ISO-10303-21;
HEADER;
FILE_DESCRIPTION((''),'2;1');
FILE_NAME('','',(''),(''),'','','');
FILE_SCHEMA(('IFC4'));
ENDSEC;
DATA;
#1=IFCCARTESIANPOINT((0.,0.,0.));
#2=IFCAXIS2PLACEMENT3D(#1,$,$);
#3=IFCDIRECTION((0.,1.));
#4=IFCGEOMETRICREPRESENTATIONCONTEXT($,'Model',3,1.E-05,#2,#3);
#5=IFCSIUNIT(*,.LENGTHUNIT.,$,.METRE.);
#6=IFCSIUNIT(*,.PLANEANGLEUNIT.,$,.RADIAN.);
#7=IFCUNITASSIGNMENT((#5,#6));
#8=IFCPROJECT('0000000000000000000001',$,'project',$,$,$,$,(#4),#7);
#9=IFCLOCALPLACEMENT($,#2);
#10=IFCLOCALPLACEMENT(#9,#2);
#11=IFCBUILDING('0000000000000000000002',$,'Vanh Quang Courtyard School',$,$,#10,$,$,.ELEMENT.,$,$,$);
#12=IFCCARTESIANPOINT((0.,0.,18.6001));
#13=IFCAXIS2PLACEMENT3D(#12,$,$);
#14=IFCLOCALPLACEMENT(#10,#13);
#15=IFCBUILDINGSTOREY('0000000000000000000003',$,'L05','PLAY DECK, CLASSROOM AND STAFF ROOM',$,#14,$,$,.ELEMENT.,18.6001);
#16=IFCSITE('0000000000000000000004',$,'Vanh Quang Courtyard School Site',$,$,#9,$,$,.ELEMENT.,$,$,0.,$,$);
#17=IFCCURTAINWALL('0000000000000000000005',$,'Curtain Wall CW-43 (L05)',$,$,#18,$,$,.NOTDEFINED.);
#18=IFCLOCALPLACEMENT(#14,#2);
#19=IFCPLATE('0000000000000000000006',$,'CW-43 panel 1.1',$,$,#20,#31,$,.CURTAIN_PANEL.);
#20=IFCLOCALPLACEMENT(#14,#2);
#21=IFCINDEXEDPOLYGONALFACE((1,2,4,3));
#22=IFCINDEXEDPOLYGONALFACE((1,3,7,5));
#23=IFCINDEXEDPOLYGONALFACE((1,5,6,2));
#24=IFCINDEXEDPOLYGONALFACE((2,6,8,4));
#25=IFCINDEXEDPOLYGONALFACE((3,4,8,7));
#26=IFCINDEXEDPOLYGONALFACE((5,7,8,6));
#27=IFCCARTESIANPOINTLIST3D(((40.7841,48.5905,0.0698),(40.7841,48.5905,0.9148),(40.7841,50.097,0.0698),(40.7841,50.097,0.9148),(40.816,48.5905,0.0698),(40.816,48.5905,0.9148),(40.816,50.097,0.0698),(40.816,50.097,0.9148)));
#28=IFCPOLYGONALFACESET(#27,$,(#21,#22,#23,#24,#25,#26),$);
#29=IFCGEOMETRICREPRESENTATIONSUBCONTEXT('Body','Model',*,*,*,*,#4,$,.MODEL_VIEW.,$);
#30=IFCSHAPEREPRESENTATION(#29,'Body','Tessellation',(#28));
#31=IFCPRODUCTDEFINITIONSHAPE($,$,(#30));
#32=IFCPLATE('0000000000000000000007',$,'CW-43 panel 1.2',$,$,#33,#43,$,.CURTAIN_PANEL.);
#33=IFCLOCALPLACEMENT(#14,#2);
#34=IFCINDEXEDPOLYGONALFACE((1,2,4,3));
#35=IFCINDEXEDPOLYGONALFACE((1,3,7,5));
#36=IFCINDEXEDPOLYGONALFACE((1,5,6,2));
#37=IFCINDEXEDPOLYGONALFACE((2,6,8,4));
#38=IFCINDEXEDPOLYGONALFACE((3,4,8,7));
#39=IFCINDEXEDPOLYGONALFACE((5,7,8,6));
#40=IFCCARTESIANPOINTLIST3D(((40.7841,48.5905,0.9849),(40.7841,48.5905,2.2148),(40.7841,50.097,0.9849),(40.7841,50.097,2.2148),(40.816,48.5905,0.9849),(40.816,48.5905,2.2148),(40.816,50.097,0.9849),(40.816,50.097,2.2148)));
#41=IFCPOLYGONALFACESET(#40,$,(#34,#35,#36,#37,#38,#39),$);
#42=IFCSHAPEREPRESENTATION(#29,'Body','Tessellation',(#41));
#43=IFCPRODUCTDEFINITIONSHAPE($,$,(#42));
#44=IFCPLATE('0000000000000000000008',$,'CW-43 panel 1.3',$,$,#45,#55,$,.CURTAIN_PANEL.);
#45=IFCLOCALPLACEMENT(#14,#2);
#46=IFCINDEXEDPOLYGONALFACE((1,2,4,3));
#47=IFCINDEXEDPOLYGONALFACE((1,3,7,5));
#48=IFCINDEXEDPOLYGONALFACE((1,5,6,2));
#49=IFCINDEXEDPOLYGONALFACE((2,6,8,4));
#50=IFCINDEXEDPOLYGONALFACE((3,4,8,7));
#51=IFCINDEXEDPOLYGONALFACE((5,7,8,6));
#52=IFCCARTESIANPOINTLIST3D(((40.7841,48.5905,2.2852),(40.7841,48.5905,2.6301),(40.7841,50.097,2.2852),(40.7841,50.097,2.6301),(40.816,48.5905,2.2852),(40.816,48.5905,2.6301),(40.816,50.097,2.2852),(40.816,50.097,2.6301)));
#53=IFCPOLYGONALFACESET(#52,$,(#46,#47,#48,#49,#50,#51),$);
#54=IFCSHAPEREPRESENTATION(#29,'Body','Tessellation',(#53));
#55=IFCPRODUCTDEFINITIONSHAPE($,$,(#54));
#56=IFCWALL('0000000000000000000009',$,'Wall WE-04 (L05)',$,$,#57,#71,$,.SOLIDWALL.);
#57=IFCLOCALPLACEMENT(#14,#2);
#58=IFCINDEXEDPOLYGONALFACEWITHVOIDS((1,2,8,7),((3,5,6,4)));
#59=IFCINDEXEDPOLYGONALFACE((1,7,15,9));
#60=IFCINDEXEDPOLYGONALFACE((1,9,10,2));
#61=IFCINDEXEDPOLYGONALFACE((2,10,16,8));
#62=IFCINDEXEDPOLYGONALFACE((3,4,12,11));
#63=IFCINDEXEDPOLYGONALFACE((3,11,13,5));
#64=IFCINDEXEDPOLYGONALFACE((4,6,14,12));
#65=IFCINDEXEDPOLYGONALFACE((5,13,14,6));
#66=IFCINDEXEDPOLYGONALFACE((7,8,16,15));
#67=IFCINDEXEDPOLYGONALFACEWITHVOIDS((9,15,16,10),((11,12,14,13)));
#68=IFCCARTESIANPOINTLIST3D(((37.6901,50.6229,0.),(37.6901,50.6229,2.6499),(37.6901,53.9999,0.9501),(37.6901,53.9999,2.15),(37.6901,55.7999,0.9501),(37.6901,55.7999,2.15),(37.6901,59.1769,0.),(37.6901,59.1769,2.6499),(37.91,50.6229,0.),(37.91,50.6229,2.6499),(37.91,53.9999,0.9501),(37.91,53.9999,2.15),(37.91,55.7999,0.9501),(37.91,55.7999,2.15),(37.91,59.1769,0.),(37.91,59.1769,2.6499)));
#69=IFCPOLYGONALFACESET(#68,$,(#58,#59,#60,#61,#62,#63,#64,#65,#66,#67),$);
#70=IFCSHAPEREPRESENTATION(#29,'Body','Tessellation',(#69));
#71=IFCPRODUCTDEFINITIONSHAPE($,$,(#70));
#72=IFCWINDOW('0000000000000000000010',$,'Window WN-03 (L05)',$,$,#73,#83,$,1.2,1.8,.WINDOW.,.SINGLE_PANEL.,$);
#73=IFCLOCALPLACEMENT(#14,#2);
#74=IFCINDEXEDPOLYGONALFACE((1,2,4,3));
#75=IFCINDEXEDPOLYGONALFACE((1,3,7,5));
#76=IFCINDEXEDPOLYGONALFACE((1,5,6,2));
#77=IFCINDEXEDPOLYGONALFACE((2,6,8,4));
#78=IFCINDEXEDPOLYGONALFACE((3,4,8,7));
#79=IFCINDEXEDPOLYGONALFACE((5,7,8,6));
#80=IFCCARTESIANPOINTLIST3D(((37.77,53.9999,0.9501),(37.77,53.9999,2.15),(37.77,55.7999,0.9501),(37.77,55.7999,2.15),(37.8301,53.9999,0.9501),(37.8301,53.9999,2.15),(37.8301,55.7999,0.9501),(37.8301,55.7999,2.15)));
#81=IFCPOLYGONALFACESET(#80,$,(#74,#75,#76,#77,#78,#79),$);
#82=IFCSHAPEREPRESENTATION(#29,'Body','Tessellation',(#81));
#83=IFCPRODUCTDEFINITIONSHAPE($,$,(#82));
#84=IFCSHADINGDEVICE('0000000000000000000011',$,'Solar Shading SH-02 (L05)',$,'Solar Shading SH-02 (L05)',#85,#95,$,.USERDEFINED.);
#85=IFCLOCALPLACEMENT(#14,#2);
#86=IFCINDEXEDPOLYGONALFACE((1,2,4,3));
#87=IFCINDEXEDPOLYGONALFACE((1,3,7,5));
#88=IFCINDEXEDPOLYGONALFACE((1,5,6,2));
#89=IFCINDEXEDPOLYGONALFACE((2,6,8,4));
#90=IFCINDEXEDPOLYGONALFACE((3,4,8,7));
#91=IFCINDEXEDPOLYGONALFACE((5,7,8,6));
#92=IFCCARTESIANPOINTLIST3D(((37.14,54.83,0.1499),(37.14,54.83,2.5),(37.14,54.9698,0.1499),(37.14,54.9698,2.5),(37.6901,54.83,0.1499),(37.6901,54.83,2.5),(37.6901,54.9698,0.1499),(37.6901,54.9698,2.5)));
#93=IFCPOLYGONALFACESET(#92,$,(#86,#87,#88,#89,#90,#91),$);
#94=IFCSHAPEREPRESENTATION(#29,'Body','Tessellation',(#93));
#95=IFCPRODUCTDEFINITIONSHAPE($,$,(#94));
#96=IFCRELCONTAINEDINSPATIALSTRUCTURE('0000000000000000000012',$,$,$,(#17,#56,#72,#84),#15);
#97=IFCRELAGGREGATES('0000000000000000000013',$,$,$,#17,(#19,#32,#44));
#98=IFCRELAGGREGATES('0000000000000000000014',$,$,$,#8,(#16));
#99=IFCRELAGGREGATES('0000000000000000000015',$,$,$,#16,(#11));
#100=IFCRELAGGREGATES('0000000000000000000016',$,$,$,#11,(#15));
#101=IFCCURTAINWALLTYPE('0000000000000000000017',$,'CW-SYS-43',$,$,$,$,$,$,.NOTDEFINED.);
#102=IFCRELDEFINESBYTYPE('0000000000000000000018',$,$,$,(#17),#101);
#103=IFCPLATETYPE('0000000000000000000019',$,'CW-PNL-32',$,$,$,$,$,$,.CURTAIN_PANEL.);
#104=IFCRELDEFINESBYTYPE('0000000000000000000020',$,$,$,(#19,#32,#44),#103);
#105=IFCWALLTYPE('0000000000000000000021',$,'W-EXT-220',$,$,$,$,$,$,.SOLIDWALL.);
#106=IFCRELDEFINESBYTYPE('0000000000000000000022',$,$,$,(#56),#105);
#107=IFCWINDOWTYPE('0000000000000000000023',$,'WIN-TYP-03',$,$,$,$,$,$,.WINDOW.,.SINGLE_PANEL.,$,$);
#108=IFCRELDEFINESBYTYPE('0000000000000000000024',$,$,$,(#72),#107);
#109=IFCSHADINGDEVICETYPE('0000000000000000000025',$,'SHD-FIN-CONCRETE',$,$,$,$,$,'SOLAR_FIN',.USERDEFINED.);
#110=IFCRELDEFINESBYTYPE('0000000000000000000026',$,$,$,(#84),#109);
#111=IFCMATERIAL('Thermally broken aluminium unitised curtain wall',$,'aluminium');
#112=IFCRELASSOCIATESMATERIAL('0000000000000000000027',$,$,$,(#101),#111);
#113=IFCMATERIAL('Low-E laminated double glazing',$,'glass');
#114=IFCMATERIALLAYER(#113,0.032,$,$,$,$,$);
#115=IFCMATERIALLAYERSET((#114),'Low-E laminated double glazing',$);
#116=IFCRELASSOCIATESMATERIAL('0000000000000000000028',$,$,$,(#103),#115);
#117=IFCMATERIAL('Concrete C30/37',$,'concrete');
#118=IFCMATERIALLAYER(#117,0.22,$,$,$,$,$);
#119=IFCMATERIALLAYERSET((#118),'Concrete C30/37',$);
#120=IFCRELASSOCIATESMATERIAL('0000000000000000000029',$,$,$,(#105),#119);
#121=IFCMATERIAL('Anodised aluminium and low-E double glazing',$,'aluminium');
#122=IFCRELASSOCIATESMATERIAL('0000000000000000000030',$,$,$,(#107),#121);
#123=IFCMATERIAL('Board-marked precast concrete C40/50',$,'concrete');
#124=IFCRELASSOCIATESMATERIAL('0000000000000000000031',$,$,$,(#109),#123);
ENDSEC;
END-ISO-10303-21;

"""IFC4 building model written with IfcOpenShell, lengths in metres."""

from ifc_helpers import new_model, si_unit, direction, frame, frame_2d, origin, origin_2d, place, context, subcontext, project, spatial, rectangle, extrude, material, layer, layer_set, type_object, element, fill, aggregate, save


model = new_model("IFC4")

# Units and contexts
model_context = context("Model", 3, precision=1e-05, world=origin(), true_north=direction((0.0, 1.0)))
body_context = subcontext(model_context, "Body", "Model", "MODEL_VIEW")
ifc_project = project(units=[si_unit("LENGTHUNIT", "METRE"), si_unit("PLANEANGLEUNIT", "RADIAN")], contexts=[model_context])

# Site, building, storey
site_placement = place(None, origin())
site = spatial("IfcSite", under=ifc_project, at=site_placement, Name="Vanh Quang Courtyard School Site", CompositionType="ELEMENT", RefElevation=0.0)
building_placement = place(site_placement, origin())
building = spatial("IfcBuilding", under=site, at=building_placement, Name="Vanh Quang Courtyard School", CompositionType="ELEMENT")
storey_placement = place(building_placement, frame((0.0, 0.0, 18.6001)))
storey = spatial("IfcBuildingStorey", under=building, at=storey_placement, Name="L05", Description="PLAY DECK, CLASSROOM AND STAFF ROOM", CompositionType="ELEMENT", Elevation=18.6001)

# Shared definitions
ifc_material_1 = material(Name="Thermally broken aluminium unitised curtain wall", Category="aluminium")

# Curtain wall
curtain_wall_type_1 = type_object("IfcCurtainWallType", Name="CW-SYS-43", PredefinedType="NOTDEFINED", material=ifc_material_1)
curtain_wall_1_placement = place(storey_placement, origin())
curtain_wall_1 = element("IfcCurtainWall", 1, at=curtain_wall_1_placement, inside=storey, type_object=curtain_wall_type_1, Name="Curtain Wall CW-43 (L05)", PredefinedType="NOTDEFINED")

# Plates
ifc_material_2 = material(Name="Low-E laminated double glazing", Category="glass")
ifc_layer_1 = layer(ifc_material_2, 0.032)
ifc_layer_set_1 = layer_set([ifc_layer_1], Name="Low-E laminated double glazing")
plate_type_1 = type_object("IfcPlateType", Name="CW-PNL-32", PredefinedType="CURTAIN_PANEL", material=ifc_layer_set_1)
plate_1_placement = place(storey_placement, frame((40.8, 49.3438, 0.0698), z_axis=(0.0, 0.0, 1.0), x_axis=(0.0, -1.0, 0.0)))
plate_1 = element("IfcPlate", 2, at=plate_1_placement, type_object=plate_type_1, Name="CW-43 panel 1.1", PredefinedType="CURTAIN_PANEL", context=body_context, shape_type="SweptSolid", body=[
    extrude(rectangle(XDim=1.5066, YDim=0.032, at=origin_2d()), origin(), (0.0, 0.0, 1.0), 0.845),
])
plate_2_placement = place(storey_placement, frame((40.8, 49.3438, 0.9849), z_axis=(0.0, 0.0, 1.0), x_axis=(0.0, -1.0, 0.0)))
plate_2 = element("IfcPlate", 3, at=plate_2_placement, type_object=plate_type_1, Name="CW-43 panel 1.2", PredefinedType="CURTAIN_PANEL", context=body_context, shape_type="SweptSolid", body=[
    extrude(rectangle(XDim=1.5066, YDim=0.032, at=origin_2d()), origin(), (0.0, 0.0, 1.0), 1.23),
])
plate_3_placement = place(storey_placement, frame((40.8, 49.3438, 2.2852), z_axis=(0.0, 0.0, 1.0), x_axis=(0.0, -1.0, 0.0)))
plate_3 = element("IfcPlate", 4, at=plate_3_placement, type_object=plate_type_1, Name="CW-43 panel 1.3", PredefinedType="CURTAIN_PANEL", context=body_context, shape_type="SweptSolid", body=[
    extrude(rectangle(XDim=1.5066, YDim=0.032, at=origin_2d()), origin(), (0.0, 0.0, 1.0), 0.345),
])
aggregate(curtain_wall_1, [plate_1, plate_2, plate_3])

# Wall, opening, window
ifc_material_3 = material(Name="Concrete C30/37", Category="concrete")
ifc_layer_2 = layer(ifc_material_3, 0.22)
ifc_layer_set_2 = layer_set([ifc_layer_2], Name="Concrete C30/37")
wall_type = type_object("IfcWallType", Name="W-EXT-220", PredefinedType="SOLIDWALL", material=ifc_layer_set_2)
wall_placement = place(storey_placement, frame((37.8, 50.623, 0.0), z_axis=(0.0, 0.0, 1.0), x_axis=(0.0, 1.0, 0.0)))
wall = element("IfcWall", 5, at=wall_placement, inside=storey, type_object=wall_type, Name="Wall WE-04 (L05)", PredefinedType="SOLIDWALL", context=body_context, shape_type="SweptSolid", body=[
    extrude(rectangle(XDim=8.554, YDim=0.22, at=frame_2d((4.2769, 0.0))), origin(), (0.0, 0.0, 1.0), 2.6499),
])
opening_placement = place(wall_placement, frame((3.377, 0.0, 0.95)))
opening = element("IfcOpeningElement", 6, at=opening_placement, cuts=wall, PredefinedType="OPENING", context=body_context, shape_type="SweptSolid", body=[
    extrude(rectangle(XDim=1.8, YDim=1.2, at=frame_2d((0.8999, 0.6001))), frame((0.0, 0.1201, 0.0), z_axis=(0.0, -1.0, 0.0), x_axis=(1.0, 0.0, 0.0)), (0.0, 0.0, 1.0), 0.24),
])
ifc_material_4 = material(Name="Anodised aluminium and low-E double glazing", Category="aluminium")
window_type = type_object("IfcWindowType", Name="WIN-TYP-03", PartitioningType="SINGLE_PANEL", PredefinedType="WINDOW", material=ifc_material_4)
window_placement = place(opening_placement, origin())
window = element("IfcWindow", 7, at=window_placement, inside=storey, type_object=window_type, Name="Window WN-03 (L05)", OverallHeight=1.2, OverallWidth=1.8, PartitioningType="SINGLE_PANEL", PredefinedType="WINDOW", context=body_context, shape_type="SweptSolid", body=[
    extrude(rectangle(XDim=1.8, YDim=1.2, at=frame_2d((0.8999, 0.6001))), frame((0.0, 0.03, 0.0), z_axis=(0.0, -1.0, 0.0), x_axis=(1.0, 0.0, 0.0)), (0.0, 0.0, 1.0), 0.0601),
])
fill(opening, window)

# Shading device
ifc_material_5 = material(Name="Board-marked precast concrete C40/50", Category="concrete")
shading_device_type = type_object("IfcShadingDeviceType", Name="SHD-FIN-CONCRETE", ElementType="SOLAR_FIN", PredefinedType="USERDEFINED", material=ifc_material_5)
shading_device_placement = place(storey_placement, frame((37.415, 54.8999, 0.1499), z_axis=(0.0, 0.0, 1.0), x_axis=(0.0, 1.0, 0.0)))
element("IfcShadingDevice", 8, at=shading_device_placement, inside=storey, type_object=shading_device_type, Name="Solar Shading SH-02 (L05)", ObjectType="Solar Shading SH-02 (L05)", PredefinedType="USERDEFINED", context=body_context, shape_type="SweptSolid", body=[
    extrude(rectangle(XDim=0.1399, YDim=0.55, at=origin_2d()), origin(), (0.0, 0.0, 1.0), 2.3501),
])

save(model, "model.ifc")
